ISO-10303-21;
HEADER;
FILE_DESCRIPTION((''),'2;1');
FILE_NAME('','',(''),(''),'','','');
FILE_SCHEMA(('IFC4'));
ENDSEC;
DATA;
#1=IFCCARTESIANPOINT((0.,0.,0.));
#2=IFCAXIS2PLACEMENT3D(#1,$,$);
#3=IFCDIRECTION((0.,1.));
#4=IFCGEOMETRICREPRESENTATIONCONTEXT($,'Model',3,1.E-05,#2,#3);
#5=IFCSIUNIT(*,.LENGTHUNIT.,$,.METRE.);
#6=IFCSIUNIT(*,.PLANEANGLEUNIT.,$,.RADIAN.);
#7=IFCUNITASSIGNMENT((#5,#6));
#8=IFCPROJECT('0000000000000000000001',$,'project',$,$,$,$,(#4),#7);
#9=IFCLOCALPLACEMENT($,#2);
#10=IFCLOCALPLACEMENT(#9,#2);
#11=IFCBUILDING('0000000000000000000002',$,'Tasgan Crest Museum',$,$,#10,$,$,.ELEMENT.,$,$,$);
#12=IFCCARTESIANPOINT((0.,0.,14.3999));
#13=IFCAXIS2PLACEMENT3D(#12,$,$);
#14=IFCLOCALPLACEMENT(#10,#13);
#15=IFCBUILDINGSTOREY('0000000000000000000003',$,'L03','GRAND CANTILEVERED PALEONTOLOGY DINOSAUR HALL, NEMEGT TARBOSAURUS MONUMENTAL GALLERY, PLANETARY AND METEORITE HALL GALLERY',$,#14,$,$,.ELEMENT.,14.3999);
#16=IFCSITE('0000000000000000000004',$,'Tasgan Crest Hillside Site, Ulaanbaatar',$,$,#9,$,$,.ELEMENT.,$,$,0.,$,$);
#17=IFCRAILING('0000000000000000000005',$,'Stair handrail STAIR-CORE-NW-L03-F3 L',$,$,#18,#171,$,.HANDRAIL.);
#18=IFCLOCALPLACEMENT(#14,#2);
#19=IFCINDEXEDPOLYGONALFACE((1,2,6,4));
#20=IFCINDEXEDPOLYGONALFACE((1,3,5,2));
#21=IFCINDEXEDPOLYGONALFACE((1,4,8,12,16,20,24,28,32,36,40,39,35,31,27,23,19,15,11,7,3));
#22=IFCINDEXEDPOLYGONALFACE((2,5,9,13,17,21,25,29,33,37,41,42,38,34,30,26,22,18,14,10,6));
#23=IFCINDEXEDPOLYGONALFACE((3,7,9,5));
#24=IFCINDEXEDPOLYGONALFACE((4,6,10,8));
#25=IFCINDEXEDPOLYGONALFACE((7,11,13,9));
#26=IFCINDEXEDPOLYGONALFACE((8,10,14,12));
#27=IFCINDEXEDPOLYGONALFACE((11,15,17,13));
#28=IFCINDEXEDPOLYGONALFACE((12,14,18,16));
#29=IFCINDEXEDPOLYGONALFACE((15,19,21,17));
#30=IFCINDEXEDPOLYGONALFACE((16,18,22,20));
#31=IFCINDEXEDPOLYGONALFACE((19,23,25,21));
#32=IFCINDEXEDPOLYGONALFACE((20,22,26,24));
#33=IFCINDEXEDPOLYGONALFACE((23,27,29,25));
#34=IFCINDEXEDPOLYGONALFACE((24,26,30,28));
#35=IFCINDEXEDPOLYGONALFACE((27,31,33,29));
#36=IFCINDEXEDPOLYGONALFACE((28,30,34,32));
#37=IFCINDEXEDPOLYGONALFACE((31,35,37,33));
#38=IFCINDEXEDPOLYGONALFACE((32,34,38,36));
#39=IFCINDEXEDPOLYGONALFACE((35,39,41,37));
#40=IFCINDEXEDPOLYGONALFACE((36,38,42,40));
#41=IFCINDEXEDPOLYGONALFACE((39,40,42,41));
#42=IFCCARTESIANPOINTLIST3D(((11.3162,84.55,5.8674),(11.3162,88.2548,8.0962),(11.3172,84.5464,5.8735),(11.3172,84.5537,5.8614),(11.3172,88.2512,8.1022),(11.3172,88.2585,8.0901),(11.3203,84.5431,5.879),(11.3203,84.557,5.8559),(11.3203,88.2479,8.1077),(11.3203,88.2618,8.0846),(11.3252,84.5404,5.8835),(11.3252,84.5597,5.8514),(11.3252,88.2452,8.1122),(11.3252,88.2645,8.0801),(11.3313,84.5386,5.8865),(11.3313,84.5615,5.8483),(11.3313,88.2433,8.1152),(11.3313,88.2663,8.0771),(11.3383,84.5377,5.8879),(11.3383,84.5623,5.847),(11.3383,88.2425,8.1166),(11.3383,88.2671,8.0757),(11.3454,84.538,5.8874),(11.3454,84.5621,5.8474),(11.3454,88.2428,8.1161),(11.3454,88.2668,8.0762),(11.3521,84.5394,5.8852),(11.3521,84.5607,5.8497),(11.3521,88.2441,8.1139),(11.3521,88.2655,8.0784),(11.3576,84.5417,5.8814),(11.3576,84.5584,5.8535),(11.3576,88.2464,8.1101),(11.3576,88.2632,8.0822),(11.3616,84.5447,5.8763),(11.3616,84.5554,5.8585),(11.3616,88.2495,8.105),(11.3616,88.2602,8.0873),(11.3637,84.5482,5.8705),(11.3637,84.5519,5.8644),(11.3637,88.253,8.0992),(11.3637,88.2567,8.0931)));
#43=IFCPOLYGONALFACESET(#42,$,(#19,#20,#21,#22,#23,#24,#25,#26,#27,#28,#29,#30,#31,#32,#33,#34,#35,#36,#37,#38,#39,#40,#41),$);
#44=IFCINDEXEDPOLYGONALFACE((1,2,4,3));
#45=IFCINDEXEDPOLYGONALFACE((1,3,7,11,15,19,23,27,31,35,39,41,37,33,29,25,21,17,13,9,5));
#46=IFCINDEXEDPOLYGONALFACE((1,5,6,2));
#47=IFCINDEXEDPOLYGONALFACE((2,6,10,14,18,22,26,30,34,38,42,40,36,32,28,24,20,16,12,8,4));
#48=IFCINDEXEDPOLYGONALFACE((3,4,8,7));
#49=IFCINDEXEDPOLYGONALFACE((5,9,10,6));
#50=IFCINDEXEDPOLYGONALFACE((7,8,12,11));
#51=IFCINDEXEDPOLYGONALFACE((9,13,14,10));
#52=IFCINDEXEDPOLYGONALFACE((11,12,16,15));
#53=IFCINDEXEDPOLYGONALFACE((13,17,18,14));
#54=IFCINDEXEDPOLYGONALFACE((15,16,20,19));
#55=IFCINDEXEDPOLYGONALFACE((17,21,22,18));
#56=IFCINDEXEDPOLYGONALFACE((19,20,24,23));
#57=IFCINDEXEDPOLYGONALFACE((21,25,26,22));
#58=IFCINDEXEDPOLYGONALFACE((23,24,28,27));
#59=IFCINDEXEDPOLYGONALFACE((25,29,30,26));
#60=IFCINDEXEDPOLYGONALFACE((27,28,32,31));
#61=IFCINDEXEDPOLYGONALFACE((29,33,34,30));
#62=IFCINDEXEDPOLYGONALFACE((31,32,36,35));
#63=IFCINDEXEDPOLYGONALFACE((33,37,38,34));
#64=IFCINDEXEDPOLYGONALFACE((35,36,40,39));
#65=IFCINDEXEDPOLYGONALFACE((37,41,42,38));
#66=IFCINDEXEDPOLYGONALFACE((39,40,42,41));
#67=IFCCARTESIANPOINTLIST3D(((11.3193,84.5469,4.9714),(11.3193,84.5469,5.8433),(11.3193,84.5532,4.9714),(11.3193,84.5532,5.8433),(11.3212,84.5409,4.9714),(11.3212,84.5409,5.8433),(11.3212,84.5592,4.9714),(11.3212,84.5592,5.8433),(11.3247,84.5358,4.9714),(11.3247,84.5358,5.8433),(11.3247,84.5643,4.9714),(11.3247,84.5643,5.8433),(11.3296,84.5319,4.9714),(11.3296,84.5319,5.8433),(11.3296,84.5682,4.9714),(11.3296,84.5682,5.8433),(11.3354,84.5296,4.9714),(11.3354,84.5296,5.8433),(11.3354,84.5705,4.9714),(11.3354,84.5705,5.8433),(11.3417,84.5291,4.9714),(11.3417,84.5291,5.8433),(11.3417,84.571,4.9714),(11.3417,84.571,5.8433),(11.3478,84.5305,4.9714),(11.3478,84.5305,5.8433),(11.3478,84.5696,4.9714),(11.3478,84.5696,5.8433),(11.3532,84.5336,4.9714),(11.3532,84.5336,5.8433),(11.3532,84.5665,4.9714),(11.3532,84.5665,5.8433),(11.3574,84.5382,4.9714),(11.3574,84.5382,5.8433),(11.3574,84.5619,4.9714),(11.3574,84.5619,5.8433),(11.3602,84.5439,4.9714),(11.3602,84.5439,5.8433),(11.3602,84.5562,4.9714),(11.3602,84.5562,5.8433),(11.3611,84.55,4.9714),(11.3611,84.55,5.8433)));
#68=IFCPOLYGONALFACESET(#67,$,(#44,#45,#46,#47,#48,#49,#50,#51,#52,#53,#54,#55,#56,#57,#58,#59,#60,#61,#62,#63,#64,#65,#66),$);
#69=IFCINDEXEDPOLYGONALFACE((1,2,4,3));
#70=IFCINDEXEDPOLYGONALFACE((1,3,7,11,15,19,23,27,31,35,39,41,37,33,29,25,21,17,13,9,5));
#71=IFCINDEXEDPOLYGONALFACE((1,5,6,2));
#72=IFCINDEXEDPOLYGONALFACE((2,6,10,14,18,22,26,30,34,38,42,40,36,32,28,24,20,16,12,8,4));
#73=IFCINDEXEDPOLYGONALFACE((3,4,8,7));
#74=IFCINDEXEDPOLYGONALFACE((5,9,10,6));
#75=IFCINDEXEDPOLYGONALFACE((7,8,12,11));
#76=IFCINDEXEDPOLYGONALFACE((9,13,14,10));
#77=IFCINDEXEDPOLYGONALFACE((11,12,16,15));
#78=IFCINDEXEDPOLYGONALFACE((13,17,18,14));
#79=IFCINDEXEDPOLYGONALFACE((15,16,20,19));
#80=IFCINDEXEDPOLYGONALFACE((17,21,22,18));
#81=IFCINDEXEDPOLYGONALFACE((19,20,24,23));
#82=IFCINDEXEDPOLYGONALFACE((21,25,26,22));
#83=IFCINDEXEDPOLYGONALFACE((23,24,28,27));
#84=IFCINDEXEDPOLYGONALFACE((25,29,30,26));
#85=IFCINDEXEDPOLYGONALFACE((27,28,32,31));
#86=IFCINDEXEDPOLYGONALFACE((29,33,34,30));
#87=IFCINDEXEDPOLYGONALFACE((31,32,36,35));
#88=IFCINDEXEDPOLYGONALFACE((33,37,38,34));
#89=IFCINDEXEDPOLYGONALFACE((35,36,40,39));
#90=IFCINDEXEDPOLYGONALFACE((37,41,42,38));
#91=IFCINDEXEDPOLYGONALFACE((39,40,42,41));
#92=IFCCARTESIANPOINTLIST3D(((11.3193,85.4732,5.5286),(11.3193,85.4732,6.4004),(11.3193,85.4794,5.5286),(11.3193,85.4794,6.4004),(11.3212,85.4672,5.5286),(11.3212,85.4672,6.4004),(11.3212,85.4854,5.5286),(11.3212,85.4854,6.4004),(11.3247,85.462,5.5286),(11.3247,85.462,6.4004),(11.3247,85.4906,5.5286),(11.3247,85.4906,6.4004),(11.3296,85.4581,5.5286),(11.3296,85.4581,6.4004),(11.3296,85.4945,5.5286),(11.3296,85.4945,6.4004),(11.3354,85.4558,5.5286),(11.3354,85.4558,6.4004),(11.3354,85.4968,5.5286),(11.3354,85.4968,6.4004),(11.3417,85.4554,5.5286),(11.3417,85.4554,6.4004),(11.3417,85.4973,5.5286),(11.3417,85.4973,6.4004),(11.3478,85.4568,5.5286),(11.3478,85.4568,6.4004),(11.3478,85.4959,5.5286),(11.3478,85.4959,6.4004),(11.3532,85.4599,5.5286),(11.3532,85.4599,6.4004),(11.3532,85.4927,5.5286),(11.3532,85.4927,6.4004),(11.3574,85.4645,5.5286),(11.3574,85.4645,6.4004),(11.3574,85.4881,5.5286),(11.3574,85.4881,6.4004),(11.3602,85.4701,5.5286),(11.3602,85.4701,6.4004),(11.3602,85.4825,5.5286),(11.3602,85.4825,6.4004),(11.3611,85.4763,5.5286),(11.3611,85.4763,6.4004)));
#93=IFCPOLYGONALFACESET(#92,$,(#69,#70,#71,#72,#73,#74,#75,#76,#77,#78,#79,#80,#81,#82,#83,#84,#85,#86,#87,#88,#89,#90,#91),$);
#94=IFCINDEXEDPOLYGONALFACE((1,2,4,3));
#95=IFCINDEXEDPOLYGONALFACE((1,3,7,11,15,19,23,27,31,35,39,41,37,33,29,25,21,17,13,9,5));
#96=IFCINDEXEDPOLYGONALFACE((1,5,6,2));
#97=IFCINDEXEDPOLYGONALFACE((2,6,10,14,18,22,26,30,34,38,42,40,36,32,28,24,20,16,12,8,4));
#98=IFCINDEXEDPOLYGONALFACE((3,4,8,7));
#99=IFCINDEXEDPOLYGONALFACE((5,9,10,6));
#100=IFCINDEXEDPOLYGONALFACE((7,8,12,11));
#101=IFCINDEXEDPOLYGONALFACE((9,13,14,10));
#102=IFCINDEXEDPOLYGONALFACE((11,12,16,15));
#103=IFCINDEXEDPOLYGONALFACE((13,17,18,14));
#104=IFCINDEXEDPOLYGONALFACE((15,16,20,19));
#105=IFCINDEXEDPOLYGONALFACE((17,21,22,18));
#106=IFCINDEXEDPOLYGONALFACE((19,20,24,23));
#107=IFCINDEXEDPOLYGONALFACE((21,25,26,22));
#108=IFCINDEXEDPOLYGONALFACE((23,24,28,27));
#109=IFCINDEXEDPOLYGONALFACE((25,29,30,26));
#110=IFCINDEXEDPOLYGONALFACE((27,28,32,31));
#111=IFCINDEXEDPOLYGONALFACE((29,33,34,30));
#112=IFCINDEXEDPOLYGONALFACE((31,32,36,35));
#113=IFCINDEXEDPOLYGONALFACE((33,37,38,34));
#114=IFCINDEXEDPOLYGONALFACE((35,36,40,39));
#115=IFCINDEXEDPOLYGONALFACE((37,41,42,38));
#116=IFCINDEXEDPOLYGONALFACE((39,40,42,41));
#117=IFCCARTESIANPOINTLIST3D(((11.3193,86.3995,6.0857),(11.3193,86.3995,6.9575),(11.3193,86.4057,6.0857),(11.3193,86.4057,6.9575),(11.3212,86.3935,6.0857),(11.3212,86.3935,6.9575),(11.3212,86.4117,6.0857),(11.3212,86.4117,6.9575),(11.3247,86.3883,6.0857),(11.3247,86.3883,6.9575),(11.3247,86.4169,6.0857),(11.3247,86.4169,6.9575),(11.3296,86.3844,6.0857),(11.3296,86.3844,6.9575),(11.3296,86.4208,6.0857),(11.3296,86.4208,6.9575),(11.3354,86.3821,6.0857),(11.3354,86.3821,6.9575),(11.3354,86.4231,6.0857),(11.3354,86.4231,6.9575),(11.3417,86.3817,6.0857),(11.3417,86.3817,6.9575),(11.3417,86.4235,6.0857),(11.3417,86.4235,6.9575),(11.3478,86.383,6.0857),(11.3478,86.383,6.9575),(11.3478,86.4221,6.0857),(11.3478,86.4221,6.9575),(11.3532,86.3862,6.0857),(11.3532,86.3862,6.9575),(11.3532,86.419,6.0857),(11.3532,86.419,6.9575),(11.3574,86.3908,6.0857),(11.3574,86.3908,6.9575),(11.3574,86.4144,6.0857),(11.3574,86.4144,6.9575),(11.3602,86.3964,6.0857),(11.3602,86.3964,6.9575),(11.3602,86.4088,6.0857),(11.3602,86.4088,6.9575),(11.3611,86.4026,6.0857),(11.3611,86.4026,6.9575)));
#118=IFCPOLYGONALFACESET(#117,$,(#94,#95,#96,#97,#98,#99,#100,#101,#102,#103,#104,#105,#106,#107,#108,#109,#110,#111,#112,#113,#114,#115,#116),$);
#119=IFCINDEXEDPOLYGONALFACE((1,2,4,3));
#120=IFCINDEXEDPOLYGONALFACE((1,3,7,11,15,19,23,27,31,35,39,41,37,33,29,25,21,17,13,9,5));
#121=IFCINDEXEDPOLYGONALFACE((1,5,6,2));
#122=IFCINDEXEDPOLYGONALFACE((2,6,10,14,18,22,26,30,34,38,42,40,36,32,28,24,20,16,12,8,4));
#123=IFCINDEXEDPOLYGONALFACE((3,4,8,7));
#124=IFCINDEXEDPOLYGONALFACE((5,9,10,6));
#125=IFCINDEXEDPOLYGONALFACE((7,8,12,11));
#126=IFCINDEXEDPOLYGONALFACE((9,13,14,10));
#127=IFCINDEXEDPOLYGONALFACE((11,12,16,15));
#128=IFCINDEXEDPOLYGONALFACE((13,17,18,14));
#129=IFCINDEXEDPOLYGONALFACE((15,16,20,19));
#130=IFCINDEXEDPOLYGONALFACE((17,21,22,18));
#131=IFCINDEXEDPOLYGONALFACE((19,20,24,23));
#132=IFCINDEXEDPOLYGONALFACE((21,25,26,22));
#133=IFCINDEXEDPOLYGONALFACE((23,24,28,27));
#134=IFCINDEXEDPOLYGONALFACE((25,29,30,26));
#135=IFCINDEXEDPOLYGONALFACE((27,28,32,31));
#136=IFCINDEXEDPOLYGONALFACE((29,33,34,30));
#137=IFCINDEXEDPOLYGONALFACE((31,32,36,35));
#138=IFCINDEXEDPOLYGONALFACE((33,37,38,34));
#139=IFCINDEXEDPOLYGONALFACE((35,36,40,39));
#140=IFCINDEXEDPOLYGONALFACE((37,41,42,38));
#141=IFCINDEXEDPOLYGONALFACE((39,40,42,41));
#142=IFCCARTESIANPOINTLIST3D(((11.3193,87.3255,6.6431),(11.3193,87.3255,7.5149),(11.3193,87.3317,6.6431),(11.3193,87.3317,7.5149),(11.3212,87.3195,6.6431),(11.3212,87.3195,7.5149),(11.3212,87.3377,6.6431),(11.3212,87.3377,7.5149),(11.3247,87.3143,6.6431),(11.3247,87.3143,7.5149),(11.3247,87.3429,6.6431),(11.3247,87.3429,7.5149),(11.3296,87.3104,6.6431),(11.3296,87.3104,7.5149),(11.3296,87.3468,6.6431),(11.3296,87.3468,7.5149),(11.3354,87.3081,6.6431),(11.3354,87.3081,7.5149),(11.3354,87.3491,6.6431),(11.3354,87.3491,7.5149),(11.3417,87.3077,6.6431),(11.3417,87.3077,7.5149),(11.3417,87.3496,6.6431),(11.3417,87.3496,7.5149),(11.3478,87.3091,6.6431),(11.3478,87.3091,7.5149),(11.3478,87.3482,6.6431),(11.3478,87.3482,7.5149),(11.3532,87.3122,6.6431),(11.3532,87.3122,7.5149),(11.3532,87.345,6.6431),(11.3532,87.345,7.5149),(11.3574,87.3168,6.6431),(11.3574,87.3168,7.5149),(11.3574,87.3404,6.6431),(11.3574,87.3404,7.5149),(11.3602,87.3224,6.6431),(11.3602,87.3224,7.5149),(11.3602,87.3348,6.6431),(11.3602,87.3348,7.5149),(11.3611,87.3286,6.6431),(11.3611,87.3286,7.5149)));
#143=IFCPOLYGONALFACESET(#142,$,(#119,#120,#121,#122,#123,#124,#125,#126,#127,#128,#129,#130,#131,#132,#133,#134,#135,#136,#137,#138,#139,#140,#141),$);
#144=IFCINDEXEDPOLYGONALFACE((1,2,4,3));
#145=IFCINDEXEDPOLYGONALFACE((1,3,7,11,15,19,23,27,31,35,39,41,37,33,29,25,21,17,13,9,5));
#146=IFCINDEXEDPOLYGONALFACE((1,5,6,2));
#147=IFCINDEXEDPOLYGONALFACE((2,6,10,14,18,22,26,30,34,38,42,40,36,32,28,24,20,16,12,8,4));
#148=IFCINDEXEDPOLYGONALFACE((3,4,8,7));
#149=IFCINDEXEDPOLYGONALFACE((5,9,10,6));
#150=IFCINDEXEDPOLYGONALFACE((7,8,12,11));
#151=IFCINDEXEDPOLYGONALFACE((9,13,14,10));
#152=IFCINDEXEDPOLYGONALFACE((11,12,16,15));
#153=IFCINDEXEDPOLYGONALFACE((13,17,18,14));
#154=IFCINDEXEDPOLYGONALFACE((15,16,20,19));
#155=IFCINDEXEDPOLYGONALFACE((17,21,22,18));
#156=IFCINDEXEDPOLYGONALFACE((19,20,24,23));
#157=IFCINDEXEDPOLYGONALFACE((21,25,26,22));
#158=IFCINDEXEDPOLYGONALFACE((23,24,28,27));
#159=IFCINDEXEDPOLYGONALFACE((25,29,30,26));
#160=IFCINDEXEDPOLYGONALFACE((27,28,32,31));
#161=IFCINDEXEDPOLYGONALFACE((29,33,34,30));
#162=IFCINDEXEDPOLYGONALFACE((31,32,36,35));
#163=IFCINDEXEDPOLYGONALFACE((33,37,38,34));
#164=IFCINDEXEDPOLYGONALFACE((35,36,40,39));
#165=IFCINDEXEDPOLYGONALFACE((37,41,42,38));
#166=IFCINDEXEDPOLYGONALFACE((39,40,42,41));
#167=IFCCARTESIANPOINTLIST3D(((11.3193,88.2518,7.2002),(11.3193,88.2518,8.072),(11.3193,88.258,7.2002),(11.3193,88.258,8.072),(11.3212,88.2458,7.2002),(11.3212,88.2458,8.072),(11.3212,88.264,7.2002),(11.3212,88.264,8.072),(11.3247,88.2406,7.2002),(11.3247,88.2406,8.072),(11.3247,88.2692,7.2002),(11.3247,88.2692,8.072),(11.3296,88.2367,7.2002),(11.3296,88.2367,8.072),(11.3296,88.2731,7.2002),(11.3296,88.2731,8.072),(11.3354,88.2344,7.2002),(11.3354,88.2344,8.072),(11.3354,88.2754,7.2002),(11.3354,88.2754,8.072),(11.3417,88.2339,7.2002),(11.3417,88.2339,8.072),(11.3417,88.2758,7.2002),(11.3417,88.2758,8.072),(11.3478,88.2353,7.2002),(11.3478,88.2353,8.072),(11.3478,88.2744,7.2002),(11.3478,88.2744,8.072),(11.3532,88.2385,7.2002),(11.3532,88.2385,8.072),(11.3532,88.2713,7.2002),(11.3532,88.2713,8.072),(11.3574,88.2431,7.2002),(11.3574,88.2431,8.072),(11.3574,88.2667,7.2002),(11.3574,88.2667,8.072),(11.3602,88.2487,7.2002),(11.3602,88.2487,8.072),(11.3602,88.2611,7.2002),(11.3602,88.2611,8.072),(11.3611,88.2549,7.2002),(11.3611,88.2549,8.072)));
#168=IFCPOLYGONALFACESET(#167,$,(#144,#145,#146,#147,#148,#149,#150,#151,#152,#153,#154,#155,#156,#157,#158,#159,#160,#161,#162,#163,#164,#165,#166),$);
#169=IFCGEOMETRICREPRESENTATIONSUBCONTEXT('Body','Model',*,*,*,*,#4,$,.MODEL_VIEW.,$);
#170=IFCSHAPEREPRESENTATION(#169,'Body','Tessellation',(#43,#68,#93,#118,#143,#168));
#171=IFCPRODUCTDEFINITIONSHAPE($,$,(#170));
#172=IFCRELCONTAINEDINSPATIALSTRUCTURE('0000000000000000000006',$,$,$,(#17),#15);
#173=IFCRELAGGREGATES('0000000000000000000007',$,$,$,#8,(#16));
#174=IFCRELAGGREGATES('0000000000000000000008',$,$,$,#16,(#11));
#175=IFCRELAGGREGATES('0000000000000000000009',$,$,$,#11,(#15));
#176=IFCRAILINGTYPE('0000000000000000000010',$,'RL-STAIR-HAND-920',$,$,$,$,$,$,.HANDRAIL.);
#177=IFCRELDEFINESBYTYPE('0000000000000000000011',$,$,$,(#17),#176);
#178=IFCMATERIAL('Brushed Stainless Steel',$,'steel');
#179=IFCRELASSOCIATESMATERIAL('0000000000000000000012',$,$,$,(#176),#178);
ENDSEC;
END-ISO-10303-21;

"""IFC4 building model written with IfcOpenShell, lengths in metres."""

from ifc_helpers import new_model, si_unit, direction, frame, origin, origin_2d, place, context, subcontext, project, spatial, circle, extrude, material, type_object, element, save


model = new_model("IFC4")

# Units and contexts
model_context = context("Model", 3, precision=1e-05, world=origin(), true_north=direction((0.0, 1.0)))
body_context = subcontext(model_context, "Body", "Model", "MODEL_VIEW")
ifc_project = project(units=[si_unit("LENGTHUNIT", "METRE"), si_unit("PLANEANGLEUNIT", "RADIAN")], contexts=[model_context])

# Site, building, storey
site_placement = place(None, origin())
site = spatial("IfcSite", under=ifc_project, at=site_placement, Name="Tasgan Crest Hillside Site, Ulaanbaatar", CompositionType="ELEMENT", RefElevation=0.0)
building_placement = place(site_placement, origin())
building = spatial("IfcBuilding", under=site, at=building_placement, Name="Tasgan Crest Museum", CompositionType="ELEMENT")
storey_placement = place(building_placement, frame((0.0, 0.0, 14.3999)))
storey = spatial("IfcBuildingStorey", under=building, at=storey_placement, Name="L03", Description="GRAND CANTILEVERED PALEONTOLOGY DINOSAUR HALL, NEMEGT TARBOSAURUS MONUMENTAL GALLERY, PLANETARY AND METEORITE HALL GALLERY", CompositionType="ELEMENT", Elevation=14.3999)

# Railing
ifc_material_1 = material(Name="Brushed Stainless Steel", Category="steel")
railing_type_1 = type_object("IfcRailingType", Name="RL-STAIR-HAND-920", PredefinedType="HANDRAIL", material=ifc_material_1)
for number, where, name in (
    (1, (11.3401, 84.55, 4.9714), "Stair handrail STAIR-CORE-NW-L03-F3 L"),
):
    element("IfcRailing", number, at=place(storey_placement, frame(where)), inside=storey, type_object=railing_type_1, Name=name, PredefinedType="HANDRAIL", context=body_context, shape_type="SweptSolid", body=[
        extrude(circle(Radius=0.0239, at=origin_2d()), frame((0.0, 0.0, 0.896), z_axis=(0.0, 0.856894, 0.515492), x_axis=(-1.0, 0.0, 0.0)), (0.0, 0.0, 1.0), 4.3235),
        extrude(circle(Radius=0.021, at=origin_2d()), origin(), (0.0, 0.0, 1.0), 0.8718),
        extrude(circle(Radius=0.021, at=origin_2d()), frame((0.0, 0.9263, 0.5571)), (0.0, 0.0, 1.0), 0.8718),
        extrude(circle(Radius=0.021, at=origin_2d()), frame((0.0, 1.8525, 1.1143)), (0.0, 0.0, 1.0), 0.8718),
        extrude(circle(Radius=0.021, at=origin_2d()), frame((0.0, 2.7786, 1.6716)), (0.0, 0.0, 1.0), 0.8718),
        extrude(circle(Radius=0.021, at=origin_2d()), frame((0.0, 3.7048, 2.2288)), (0.0, 0.0, 1.0), 0.8718),
    ])

save(model, "model.ifc")
